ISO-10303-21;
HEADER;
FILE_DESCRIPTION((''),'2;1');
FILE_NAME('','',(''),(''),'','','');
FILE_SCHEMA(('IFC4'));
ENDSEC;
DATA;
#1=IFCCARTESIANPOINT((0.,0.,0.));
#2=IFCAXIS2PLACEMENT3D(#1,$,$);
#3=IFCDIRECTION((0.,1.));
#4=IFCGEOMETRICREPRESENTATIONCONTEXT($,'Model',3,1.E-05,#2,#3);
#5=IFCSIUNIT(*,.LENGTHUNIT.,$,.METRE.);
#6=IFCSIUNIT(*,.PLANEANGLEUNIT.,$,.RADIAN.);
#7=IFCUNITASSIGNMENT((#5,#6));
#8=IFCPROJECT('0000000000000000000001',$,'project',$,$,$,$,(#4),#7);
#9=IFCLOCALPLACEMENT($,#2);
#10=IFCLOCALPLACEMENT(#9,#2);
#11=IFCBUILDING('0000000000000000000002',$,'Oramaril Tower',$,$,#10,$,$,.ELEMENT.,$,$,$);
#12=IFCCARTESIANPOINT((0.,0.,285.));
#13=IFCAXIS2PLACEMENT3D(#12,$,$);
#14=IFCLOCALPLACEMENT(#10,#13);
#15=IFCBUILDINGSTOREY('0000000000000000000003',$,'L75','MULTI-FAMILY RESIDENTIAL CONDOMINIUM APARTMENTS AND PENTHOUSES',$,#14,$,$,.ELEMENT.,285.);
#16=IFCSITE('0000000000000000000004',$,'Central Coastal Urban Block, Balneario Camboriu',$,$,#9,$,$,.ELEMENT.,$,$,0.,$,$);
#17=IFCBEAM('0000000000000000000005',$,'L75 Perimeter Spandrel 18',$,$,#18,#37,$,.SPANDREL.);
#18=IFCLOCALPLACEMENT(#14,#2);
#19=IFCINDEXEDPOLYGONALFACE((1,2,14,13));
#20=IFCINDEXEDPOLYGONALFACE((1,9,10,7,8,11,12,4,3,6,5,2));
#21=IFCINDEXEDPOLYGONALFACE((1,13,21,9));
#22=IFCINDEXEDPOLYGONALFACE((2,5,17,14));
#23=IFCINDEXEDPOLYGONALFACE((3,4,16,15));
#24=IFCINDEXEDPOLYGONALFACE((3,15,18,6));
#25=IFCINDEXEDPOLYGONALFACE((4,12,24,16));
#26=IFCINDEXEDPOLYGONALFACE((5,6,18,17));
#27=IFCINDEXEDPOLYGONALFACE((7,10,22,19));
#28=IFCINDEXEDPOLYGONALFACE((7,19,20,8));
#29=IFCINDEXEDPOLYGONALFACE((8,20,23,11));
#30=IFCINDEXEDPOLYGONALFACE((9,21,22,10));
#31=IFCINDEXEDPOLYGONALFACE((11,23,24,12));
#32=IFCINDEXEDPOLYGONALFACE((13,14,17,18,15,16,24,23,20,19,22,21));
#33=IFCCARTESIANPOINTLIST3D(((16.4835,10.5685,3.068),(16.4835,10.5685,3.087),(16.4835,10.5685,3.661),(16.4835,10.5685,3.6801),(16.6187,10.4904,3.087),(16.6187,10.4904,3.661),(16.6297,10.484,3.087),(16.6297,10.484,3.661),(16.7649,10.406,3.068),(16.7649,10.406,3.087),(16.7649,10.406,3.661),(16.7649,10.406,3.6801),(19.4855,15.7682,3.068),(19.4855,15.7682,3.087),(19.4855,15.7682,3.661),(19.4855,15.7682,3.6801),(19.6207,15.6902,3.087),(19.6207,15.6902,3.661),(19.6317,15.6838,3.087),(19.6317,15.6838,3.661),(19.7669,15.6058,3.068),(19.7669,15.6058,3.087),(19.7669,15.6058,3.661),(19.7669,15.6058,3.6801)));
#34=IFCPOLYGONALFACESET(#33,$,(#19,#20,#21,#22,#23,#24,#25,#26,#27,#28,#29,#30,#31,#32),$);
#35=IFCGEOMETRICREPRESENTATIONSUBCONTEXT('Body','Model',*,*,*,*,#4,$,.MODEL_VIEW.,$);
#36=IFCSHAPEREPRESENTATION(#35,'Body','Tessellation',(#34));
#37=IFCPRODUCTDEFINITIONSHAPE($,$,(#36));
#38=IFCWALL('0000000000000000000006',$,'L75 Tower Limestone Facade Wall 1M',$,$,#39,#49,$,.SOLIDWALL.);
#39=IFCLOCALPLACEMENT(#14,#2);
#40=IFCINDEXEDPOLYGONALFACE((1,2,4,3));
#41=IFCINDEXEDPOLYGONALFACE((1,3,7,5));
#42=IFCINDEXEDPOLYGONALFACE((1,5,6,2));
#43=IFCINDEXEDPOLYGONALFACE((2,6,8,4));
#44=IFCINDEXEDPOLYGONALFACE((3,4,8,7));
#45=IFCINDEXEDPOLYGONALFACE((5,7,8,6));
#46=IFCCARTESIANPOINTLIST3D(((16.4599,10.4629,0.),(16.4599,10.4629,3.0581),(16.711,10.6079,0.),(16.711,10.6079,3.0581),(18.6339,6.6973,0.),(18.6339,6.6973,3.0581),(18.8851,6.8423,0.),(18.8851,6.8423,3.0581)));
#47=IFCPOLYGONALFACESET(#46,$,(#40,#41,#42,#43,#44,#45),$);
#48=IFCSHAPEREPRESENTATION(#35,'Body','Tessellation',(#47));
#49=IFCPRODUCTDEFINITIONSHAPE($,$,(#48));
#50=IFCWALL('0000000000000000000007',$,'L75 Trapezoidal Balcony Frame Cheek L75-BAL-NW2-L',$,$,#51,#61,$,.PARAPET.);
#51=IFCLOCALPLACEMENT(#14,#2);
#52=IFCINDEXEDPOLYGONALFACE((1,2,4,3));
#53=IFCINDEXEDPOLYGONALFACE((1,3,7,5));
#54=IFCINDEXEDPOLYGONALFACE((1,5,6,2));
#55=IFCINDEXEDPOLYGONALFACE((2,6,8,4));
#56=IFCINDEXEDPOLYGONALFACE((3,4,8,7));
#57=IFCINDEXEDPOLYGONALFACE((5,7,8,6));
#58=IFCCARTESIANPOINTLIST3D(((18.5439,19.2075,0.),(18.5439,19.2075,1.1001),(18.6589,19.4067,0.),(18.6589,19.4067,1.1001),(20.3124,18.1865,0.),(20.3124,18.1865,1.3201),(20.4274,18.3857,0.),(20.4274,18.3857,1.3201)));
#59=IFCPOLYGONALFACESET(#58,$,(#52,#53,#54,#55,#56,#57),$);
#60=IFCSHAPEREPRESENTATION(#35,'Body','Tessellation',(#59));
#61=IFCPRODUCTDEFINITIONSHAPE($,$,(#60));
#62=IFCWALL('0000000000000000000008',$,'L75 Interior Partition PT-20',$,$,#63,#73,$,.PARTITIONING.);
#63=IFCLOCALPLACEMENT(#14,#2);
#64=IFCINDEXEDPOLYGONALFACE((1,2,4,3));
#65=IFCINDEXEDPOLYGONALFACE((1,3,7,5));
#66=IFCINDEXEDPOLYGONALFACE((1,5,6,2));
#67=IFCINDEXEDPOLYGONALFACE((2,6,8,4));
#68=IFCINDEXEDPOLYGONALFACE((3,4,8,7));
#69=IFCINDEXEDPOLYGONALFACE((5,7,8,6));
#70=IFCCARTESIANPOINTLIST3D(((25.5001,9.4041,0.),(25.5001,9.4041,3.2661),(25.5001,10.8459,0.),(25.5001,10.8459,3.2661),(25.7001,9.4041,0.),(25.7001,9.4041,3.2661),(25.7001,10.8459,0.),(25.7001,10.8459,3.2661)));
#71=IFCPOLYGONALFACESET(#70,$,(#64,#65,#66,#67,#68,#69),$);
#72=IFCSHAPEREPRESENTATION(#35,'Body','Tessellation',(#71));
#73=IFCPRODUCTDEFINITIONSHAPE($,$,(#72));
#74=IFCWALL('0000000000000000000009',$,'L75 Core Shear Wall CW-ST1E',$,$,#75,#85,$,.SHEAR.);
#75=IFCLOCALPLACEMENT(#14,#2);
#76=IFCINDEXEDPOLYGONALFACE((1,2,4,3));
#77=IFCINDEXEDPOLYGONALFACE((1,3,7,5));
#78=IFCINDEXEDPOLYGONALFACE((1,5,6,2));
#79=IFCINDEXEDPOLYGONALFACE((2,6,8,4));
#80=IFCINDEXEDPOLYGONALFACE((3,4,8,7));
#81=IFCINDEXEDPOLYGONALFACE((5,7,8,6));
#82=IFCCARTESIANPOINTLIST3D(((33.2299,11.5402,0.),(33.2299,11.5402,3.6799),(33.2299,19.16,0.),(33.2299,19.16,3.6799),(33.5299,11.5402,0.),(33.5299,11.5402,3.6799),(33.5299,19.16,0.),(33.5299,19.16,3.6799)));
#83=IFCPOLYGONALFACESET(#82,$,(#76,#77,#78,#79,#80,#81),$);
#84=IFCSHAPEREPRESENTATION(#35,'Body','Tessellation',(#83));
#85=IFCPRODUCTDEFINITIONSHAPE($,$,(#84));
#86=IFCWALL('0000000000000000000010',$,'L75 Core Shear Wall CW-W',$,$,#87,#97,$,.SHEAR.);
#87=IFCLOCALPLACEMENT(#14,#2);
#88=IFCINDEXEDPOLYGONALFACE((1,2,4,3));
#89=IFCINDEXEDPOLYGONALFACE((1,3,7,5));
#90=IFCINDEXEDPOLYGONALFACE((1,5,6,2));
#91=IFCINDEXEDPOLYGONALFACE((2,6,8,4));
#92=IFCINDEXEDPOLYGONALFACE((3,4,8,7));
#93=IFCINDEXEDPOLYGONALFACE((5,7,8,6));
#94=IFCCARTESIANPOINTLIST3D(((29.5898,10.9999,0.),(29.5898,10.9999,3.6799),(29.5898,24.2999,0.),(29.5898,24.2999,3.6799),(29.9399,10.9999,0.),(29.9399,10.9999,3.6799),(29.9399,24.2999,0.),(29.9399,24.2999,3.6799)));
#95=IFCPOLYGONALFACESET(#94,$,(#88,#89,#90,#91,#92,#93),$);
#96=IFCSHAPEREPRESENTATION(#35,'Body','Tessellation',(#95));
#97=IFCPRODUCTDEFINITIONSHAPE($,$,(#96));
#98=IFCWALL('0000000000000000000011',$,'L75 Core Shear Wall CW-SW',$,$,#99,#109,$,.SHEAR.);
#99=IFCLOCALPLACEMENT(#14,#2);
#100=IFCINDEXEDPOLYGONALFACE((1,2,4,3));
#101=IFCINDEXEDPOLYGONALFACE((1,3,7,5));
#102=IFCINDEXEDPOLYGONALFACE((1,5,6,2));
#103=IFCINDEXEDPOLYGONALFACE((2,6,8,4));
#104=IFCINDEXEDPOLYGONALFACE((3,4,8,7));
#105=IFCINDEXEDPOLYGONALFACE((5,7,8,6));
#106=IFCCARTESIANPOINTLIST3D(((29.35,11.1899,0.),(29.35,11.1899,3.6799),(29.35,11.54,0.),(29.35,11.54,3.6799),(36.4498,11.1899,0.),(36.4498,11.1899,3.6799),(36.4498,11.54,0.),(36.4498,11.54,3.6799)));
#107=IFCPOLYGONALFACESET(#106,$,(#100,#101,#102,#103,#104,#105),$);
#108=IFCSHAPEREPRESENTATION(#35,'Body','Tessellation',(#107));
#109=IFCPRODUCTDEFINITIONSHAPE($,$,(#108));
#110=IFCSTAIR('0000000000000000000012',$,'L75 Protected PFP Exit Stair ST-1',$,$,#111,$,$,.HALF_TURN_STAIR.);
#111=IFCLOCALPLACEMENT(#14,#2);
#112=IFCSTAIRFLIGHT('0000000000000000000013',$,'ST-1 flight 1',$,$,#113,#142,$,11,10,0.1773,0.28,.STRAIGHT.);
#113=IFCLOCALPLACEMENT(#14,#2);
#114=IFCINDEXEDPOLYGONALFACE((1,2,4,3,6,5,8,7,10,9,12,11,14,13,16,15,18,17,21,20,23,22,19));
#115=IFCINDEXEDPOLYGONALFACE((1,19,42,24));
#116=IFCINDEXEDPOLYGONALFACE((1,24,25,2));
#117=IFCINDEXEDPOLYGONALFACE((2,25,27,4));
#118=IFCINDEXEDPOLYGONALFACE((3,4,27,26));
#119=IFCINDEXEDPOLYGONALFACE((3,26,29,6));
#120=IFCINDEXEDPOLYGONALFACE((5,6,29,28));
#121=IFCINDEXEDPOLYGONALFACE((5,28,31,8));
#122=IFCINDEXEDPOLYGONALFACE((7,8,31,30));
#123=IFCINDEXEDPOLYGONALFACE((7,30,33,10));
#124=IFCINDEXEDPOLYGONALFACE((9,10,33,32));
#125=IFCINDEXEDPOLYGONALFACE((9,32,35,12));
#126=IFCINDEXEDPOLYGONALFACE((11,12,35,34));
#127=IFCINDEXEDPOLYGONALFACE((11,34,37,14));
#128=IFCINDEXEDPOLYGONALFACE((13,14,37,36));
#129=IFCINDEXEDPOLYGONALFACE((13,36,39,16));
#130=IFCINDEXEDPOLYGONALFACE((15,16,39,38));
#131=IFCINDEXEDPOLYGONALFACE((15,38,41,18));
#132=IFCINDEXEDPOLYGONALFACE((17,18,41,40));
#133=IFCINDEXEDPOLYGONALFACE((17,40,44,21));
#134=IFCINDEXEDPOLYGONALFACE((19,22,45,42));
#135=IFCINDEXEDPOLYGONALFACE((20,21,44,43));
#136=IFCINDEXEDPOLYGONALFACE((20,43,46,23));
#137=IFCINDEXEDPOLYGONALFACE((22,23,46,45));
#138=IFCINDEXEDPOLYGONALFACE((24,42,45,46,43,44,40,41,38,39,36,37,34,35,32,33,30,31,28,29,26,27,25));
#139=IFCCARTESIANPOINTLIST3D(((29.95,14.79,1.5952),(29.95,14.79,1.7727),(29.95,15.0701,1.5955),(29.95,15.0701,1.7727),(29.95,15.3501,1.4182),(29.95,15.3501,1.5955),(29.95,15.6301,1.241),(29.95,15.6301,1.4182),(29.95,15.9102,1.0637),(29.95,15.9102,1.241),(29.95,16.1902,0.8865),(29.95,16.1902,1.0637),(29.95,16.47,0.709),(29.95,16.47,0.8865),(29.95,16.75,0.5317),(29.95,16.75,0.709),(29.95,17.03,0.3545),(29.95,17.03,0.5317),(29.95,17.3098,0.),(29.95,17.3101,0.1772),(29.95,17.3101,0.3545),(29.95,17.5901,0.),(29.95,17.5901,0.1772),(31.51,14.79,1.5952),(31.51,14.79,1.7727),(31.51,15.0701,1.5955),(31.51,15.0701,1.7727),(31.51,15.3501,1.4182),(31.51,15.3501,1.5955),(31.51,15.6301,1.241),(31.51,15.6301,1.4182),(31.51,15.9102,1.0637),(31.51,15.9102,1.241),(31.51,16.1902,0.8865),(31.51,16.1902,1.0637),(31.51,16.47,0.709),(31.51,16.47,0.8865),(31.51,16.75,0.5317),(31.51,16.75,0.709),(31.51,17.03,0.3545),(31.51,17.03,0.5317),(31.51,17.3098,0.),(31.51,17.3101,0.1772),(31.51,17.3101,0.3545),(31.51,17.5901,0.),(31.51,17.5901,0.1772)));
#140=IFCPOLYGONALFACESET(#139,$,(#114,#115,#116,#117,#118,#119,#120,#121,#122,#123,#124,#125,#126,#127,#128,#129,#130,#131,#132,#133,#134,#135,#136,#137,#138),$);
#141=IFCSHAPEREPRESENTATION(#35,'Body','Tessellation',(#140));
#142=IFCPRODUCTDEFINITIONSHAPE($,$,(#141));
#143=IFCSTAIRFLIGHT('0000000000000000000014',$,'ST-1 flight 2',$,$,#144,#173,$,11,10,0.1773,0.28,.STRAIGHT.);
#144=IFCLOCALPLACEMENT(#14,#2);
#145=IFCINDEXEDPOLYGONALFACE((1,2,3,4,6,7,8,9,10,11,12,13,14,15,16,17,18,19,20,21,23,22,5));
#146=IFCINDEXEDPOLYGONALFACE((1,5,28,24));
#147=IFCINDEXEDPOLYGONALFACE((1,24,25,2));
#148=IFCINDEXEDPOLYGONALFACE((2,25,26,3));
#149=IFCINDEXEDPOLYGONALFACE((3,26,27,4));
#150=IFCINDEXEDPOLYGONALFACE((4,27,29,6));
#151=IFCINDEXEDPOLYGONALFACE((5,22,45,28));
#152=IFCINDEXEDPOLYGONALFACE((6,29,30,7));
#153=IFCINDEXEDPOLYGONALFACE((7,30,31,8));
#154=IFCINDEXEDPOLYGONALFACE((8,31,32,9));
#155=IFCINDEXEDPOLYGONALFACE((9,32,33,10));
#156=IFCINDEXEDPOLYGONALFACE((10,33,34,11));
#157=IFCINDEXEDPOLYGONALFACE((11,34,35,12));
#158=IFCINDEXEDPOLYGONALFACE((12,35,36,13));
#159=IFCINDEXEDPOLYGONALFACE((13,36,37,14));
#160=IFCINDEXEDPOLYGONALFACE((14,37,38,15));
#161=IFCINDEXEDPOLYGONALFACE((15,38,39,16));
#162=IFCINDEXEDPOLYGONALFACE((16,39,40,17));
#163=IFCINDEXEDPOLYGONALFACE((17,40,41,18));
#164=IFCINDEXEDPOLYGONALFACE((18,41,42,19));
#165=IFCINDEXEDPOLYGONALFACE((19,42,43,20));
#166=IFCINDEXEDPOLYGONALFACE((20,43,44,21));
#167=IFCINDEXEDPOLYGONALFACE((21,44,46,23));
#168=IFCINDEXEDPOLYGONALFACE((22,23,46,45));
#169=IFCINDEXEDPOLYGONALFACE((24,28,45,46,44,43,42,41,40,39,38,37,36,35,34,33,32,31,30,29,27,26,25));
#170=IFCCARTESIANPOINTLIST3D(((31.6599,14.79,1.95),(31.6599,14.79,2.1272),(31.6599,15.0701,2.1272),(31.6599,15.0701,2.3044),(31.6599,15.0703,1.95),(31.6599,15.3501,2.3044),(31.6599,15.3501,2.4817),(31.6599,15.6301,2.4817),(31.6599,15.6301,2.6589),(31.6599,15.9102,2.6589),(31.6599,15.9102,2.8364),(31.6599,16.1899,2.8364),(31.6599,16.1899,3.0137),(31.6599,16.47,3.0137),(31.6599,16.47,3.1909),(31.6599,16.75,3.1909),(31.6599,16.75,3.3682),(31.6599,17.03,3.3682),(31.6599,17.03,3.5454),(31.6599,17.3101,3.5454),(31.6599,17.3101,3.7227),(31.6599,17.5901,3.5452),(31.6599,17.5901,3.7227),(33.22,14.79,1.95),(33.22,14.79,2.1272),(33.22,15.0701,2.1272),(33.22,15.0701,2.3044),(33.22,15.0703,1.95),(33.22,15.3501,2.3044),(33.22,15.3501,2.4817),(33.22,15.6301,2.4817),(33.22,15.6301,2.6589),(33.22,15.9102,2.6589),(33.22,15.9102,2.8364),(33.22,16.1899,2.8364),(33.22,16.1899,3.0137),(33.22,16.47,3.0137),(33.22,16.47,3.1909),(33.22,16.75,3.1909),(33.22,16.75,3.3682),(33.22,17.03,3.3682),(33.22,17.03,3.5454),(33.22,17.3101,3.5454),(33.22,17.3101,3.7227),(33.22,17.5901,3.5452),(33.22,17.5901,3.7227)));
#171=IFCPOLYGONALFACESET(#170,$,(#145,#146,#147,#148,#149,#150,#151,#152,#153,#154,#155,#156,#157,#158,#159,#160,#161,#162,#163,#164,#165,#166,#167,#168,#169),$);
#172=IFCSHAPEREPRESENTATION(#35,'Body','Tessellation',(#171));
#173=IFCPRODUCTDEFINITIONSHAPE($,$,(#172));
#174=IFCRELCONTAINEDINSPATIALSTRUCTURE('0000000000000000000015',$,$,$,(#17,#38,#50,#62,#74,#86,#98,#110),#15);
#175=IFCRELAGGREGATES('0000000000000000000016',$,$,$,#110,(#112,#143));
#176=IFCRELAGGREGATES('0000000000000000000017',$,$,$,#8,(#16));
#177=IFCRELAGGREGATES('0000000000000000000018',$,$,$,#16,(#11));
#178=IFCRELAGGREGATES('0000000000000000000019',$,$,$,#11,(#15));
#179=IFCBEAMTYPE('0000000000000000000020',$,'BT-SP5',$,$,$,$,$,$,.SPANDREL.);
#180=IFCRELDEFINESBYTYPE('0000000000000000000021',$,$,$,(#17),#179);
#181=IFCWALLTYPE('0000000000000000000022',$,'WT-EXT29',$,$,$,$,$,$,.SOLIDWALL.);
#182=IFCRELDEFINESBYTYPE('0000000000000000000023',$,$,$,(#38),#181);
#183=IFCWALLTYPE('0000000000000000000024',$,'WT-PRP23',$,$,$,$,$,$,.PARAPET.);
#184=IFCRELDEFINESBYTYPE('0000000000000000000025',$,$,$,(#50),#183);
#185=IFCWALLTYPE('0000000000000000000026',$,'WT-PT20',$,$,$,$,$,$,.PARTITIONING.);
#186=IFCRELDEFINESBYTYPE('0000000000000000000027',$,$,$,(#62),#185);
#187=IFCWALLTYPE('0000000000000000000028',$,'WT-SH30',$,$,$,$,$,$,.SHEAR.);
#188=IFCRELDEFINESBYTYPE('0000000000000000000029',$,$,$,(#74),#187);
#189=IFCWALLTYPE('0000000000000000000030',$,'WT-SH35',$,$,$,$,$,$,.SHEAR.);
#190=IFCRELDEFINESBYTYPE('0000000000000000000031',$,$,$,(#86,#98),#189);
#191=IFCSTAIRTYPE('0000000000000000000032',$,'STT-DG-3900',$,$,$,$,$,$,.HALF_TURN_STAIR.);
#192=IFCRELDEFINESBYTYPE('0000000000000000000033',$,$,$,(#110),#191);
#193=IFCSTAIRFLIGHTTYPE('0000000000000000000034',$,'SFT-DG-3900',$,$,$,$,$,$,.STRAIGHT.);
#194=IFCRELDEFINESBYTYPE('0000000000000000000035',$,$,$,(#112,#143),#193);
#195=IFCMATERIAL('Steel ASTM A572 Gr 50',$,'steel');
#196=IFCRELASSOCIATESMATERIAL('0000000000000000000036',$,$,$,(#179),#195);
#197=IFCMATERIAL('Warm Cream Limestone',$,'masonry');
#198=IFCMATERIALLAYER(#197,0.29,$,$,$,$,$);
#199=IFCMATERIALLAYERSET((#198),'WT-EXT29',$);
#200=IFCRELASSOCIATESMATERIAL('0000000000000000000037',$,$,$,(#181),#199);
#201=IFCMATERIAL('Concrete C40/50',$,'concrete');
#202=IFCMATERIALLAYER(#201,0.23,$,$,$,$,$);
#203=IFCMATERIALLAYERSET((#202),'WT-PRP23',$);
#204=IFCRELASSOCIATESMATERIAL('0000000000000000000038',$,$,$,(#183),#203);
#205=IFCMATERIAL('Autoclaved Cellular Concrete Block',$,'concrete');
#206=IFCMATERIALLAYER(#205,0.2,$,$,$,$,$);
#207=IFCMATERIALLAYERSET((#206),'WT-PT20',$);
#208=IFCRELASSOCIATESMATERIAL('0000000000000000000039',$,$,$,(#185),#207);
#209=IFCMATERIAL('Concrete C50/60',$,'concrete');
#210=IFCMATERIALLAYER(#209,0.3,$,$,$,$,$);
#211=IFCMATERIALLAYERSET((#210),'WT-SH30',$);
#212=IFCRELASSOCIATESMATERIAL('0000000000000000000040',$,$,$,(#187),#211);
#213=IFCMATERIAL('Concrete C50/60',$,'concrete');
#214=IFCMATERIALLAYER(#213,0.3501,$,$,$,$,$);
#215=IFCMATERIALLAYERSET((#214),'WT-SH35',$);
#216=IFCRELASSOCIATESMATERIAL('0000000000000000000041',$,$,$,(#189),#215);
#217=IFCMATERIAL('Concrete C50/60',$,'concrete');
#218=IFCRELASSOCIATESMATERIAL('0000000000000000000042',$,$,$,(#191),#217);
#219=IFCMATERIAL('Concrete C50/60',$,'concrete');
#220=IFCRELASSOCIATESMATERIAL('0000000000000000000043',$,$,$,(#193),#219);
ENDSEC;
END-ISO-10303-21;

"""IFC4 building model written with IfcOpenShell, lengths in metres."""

from ifc_helpers import new_model, si_unit, direction, frame, frame_2d, origin, origin_2d, place, context, subcontext, project, spatial, polyline, rectangle, i_section, outline, extrude, material, layer, layer_set, material_profile, profile_set, type_object, element, aggregate, save


model = new_model("IFC4")

# Units and contexts
model_context = context("Model", 3, precision=1e-05, world=origin(), true_north=direction((0.0, 1.0)))
body_context = subcontext(model_context, "Body", "Model", "MODEL_VIEW")
ifc_project = project(units=[si_unit("LENGTHUNIT", "METRE"), si_unit("PLANEANGLEUNIT", "RADIAN")], contexts=[model_context])

# Site, building, storey
site_placement = place(None, origin())
site = spatial("IfcSite", under=ifc_project, at=site_placement, Name="Central Coastal Urban Block, Balneario Camboriu", CompositionType="ELEMENT", RefElevation=0.0)
building_placement = place(site_placement, origin())
building = spatial("IfcBuilding", under=site, at=building_placement, Name="Oramaril Tower", CompositionType="ELEMENT")
storey_placement = place(building_placement, frame((0.0, 0.0, 285.0)))
storey = spatial("IfcBuildingStorey", under=building, at=storey_placement, Name="L75", Description="MULTI-FAMILY RESIDENTIAL CONDOMINIUM APARTMENTS AND PENTHOUSES", CompositionType="ELEMENT", Elevation=285.0)

# Beam
ifc_material_1 = material(Name="Steel ASTM A572 Gr 50", Category="steel")
ifc_material_profile_1 = material_profile(ifc_material_1, i_section(OverallWidth=0.325, OverallDepth=0.6121, WebThickness=0.0127, FlangeThickness=0.019, at=origin_2d()), Name="W24X104")
ifc_profile_set_1 = profile_set([ifc_material_profile_1], Name="Steel ASTM A572 Gr 50")
beam_type_1 = type_object("IfcBeamType", Name="BT-SP5", PredefinedType="SPANDREL", material=ifc_profile_set_1)
beam_1_placement = place(storey_placement, frame((19.6262, 15.687, 3.374), z_axis=(-0.499988, -0.866033, 0.0), x_axis=(0.866033, -0.499988, 0.0)))
element("IfcBeam", 1, at=beam_1_placement, inside=storey, type_object=beam_type_1, Name="L75 Perimeter Spandrel 18", PredefinedType="SPANDREL", context=body_context, shape_type="SweptSolid", body=[
    extrude(i_section(OverallWidth=0.325, OverallDepth=0.6121, WebThickness=0.0127, FlangeThickness=0.019, at=origin_2d()), origin(), (0.0, 0.0, 1.0), 6.0042),
])

# Walls
ifc_material_2 = material(Name="Warm Cream Limestone", Category="masonry")
ifc_layer_1 = layer(ifc_material_2, 0.29)
ifc_layer_set_1 = layer_set([ifc_layer_1], Name="WT-EXT29")
wall_type_1 = type_object("IfcWallType", Name="WT-EXT29", PredefinedType="SOLIDWALL", material=ifc_layer_set_1)
wall_1_placement = place(storey_placement, frame((16.5854, 10.5354, 0.0), z_axis=(0.0, 0.0, 1.0), x_axis=(0.499998, -0.866027, 0.0)))
element("IfcWall", 2, at=wall_1_placement, inside=storey, type_object=wall_type_1, Name="L75 Tower Limestone Facade Wall 1M", PredefinedType="SOLIDWALL", context=body_context, shape_type="SweptSolid", body=[
    extrude(rectangle(XDim=4.3481, YDim=0.29, at=frame_2d((2.1741, 0.0))), origin(), (0.0, 0.0, 1.0), 3.0581),
])
ifc_material_3 = material(Name="Concrete C40/50", Category="concrete")
ifc_layer_2 = layer(ifc_material_3, 0.23)
ifc_layer_set_2 = layer_set([ifc_layer_2], Name="WT-PRP23")
wall_type_2 = type_object("IfcWallType", Name="WT-PRP23", PredefinedType="PARAPET", material=ifc_layer_set_2)
wall_2_placement = place(storey_placement, frame((20.3699, 18.2861, 0.0), z_axis=(0.0, 0.0, 1.0), x_axis=(-0.866042, 0.499971, 0.0)))
element("IfcWall", 3, at=wall_2_placement, inside=storey, type_object=wall_type_2, Name="L75 Trapezoidal Balcony Frame Cheek L75-BAL-NW2-L", PredefinedType="PARAPET", context=body_context, shape_type="SweptSolid", body=[
    extrude(outline(polyline([(0.0, 0.0), (2.042, 0.0), (2.042, 1.1001), (0.0, 1.3201), (0.0, 0.0)])), frame((0.0, 0.115, 0.0), z_axis=(0.0, -1.0, 0.0), x_axis=(1.0, 0.0, 0.0)), (0.0, 0.0, 1.0), 0.23),
])

# Shared definitions
ifc_material_4 = material(Name="Autoclaved Cellular Concrete Block", Category="concrete")
ifc_layer_3 = layer(ifc_material_4, 0.2)
ifc_layer_set_3 = layer_set([ifc_layer_3], Name="WT-PT20")
wall_type_3 = type_object("IfcWallType", Name="WT-PT20", PredefinedType="PARTITIONING", material=ifc_layer_set_3)

# Wall
wall_3_placement = place(storey_placement, frame((25.6001, 9.4041, 0.0), z_axis=(0.0, 0.0, 1.0), x_axis=(0.0, 1.0, 0.0)))
element("IfcWall", 4, at=wall_3_placement, inside=storey, type_object=wall_type_3, Name="L75 Interior Partition PT-20", PredefinedType="PARTITIONING", context=body_context, shape_type="SweptSolid", body=[
    extrude(rectangle(XDim=1.4419, YDim=0.2, at=frame_2d((0.7209, 0.0))), origin(), (0.0, 0.0, 1.0), 3.2661),
])

# Shared definitions
ifc_material_5 = material(Name="Concrete C50/60", Category="concrete")
ifc_layer_4 = layer(ifc_material_5, 0.3)
ifc_layer_set_4 = layer_set([ifc_layer_4], Name="WT-SH30")
wall_type_4 = type_object("IfcWallType", Name="WT-SH30", PredefinedType="SHEAR", material=ifc_layer_set_4)

# Walls
wall_4_placement = place(storey_placement, frame((33.3799, 11.54, 0.0), z_axis=(0.0, 0.0, 1.0), x_axis=(0.0, 1.0, 0.0)))
element("IfcWall", 5, at=wall_4_placement, inside=storey, type_object=wall_type_4, Name="L75 Core Shear Wall CW-ST1E", PredefinedType="SHEAR", context=body_context, shape_type="SweptSolid", body=[
    extrude(rectangle(XDim=7.6199, YDim=0.3, at=frame_2d((3.8101, 0.0))), origin(), (0.0, 0.0, 1.0), 3.6799),
])
ifc_material_6 = material(Name="Concrete C50/60", Category="concrete")
ifc_layer_5 = layer(ifc_material_6, 0.3501)
ifc_layer_set_5 = layer_set([ifc_layer_5], Name="WT-SH35")
wall_type_5 = type_object("IfcWallType", Name="WT-SH35", PredefinedType="SHEAR", material=ifc_layer_set_5)
wall_5_placement = place(storey_placement, frame((29.7649, 11.0, 0.0), z_axis=(0.0, 0.0, 1.0), x_axis=(0.0, 1.0, 0.0)))
element("IfcWall", 6, at=wall_5_placement, inside=storey, type_object=wall_type_5, Name="L75 Core Shear Wall CW-W", PredefinedType="SHEAR", context=body_context, shape_type="SweptSolid", body=[
    extrude(rectangle(XDim=13.3, YDim=0.3501, at=frame_2d((6.6499, 0.0))), origin(), (0.0, 0.0, 1.0), 3.6799),
])
wall_6_placement = place(storey_placement, frame((29.3501, 11.365, 0.0), z_axis=(0.0, 0.0, 1.0), x_axis=(1.0, 0.0, 0.0)))
element("IfcWall", 7, at=wall_6_placement, inside=storey, type_object=wall_type_5, Name="L75 Core Shear Wall CW-SW", PredefinedType="SHEAR", context=body_context, shape_type="SweptSolid", body=[
    extrude(rectangle(XDim=7.0999, YDim=0.3501, at=frame_2d((3.5498, 0.0))), origin(), (0.0, 0.0, 1.0), 3.6799),
])

# Stair, stair flights
ifc_material_7 = material(Name="Concrete C50/60", Category="concrete")
stair_type = type_object("IfcStairType", Name="STT-DG-3900", PredefinedType="HALF_TURN_STAIR", material=ifc_material_7)
stair_placement = place(storey_placement, origin())
stair = element("IfcStair", 8, at=stair_placement, inside=storey, type_object=stair_type, Name="L75 Protected PFP Exit Stair ST-1", PredefinedType="HALF_TURN_STAIR")
ifc_material_8 = material(Name="Concrete C50/60", Category="concrete")
stair_flight_type = type_object("IfcStairFlightType", Name="SFT-DG-3900", PredefinedType="STRAIGHT", material=ifc_material_8)
stair_flight_1_placement = place(storey_placement, frame((30.73, 17.5901, 0.0), z_axis=(0.0, 0.0, 1.0), x_axis=(0.0, -1.0, 0.0)))
stair_flight_1 = element("IfcStairFlight", 9, at=stair_flight_1_placement, type_object=stair_flight_type, Name="ST-1 flight 1", NumberOfRisers=11, NumberOfTreads=10, PredefinedType="STRAIGHT", RiserHeight=0.1773, TreadLength=0.28, context=body_context, shape_type="SweptSolid", body=[
    extrude(outline(polyline([(0.0, 0.0), (0.0, 0.1772), (0.28, 0.1772), (0.28, 0.3545), (0.5601, 0.3545), (0.5601, 0.5317), (0.8401, 0.5317), (0.8401, 0.709), (1.1201, 0.709), (1.1201, 0.8865), (1.3999, 0.8865), (1.3999, 1.0637), (1.6799, 1.0637), (1.6799, 1.241), (1.96, 1.241), (1.96, 1.4182), (2.24, 1.4182), (2.24, 1.5955), (2.52, 1.5955), (2.52, 1.7727), (2.8, 1.7727), (2.8, 1.95), (2.8, 1.5952), (0.2803, 0.0), (0.0, 0.0)])), frame((0.0, 0.78, 0.0), z_axis=(0.0, -1.0, 0.0), x_axis=(1.0, 0.0, 0.0)), (0.0, 0.0, 1.0), 1.5601),
])
stair_flight_2_placement = place(storey_placement, frame((32.4399, 14.79, 1.95), z_axis=(0.0, 0.0, 1.0), x_axis=(0.0, 1.0, 0.0)))
stair_flight_2 = element("IfcStairFlight", 10, at=stair_flight_2_placement, type_object=stair_flight_type, Name="ST-1 flight 2", NumberOfRisers=11, NumberOfTreads=10, PredefinedType="STRAIGHT", RiserHeight=0.1773, TreadLength=0.28, context=body_context, shape_type="SweptSolid", body=[
    extrude(outline(polyline([(0.0, 0.0), (0.0, 0.1772), (0.28, 0.1772), (0.28, 0.3545), (0.5601, 0.3545), (0.5601, 0.5317), (0.8401, 0.5317), (0.8401, 0.709), (1.1201, 0.709), (1.1201, 0.8865), (1.3999, 0.8865), (1.3999, 1.0637), (1.6799, 1.0637), (1.6799, 1.241), (1.96, 1.241), (1.96, 1.4182), (2.24, 1.4182), (2.24, 1.5955), (2.52, 1.5955), (2.52, 1.7727), (2.8, 1.7727), (2.8, 1.95), (2.8, 1.5952), (0.2803, 0.0), (0.0, 0.0)])), frame((0.0, 0.78, 0.0), z_axis=(0.0, -1.0, 0.0), x_axis=(1.0, 0.0, 0.0)), (0.0, 0.0, 1.0), 1.5601),
])
aggregate(stair, [stair_flight_1, stair_flight_2])

save(model, "model.ifc")
